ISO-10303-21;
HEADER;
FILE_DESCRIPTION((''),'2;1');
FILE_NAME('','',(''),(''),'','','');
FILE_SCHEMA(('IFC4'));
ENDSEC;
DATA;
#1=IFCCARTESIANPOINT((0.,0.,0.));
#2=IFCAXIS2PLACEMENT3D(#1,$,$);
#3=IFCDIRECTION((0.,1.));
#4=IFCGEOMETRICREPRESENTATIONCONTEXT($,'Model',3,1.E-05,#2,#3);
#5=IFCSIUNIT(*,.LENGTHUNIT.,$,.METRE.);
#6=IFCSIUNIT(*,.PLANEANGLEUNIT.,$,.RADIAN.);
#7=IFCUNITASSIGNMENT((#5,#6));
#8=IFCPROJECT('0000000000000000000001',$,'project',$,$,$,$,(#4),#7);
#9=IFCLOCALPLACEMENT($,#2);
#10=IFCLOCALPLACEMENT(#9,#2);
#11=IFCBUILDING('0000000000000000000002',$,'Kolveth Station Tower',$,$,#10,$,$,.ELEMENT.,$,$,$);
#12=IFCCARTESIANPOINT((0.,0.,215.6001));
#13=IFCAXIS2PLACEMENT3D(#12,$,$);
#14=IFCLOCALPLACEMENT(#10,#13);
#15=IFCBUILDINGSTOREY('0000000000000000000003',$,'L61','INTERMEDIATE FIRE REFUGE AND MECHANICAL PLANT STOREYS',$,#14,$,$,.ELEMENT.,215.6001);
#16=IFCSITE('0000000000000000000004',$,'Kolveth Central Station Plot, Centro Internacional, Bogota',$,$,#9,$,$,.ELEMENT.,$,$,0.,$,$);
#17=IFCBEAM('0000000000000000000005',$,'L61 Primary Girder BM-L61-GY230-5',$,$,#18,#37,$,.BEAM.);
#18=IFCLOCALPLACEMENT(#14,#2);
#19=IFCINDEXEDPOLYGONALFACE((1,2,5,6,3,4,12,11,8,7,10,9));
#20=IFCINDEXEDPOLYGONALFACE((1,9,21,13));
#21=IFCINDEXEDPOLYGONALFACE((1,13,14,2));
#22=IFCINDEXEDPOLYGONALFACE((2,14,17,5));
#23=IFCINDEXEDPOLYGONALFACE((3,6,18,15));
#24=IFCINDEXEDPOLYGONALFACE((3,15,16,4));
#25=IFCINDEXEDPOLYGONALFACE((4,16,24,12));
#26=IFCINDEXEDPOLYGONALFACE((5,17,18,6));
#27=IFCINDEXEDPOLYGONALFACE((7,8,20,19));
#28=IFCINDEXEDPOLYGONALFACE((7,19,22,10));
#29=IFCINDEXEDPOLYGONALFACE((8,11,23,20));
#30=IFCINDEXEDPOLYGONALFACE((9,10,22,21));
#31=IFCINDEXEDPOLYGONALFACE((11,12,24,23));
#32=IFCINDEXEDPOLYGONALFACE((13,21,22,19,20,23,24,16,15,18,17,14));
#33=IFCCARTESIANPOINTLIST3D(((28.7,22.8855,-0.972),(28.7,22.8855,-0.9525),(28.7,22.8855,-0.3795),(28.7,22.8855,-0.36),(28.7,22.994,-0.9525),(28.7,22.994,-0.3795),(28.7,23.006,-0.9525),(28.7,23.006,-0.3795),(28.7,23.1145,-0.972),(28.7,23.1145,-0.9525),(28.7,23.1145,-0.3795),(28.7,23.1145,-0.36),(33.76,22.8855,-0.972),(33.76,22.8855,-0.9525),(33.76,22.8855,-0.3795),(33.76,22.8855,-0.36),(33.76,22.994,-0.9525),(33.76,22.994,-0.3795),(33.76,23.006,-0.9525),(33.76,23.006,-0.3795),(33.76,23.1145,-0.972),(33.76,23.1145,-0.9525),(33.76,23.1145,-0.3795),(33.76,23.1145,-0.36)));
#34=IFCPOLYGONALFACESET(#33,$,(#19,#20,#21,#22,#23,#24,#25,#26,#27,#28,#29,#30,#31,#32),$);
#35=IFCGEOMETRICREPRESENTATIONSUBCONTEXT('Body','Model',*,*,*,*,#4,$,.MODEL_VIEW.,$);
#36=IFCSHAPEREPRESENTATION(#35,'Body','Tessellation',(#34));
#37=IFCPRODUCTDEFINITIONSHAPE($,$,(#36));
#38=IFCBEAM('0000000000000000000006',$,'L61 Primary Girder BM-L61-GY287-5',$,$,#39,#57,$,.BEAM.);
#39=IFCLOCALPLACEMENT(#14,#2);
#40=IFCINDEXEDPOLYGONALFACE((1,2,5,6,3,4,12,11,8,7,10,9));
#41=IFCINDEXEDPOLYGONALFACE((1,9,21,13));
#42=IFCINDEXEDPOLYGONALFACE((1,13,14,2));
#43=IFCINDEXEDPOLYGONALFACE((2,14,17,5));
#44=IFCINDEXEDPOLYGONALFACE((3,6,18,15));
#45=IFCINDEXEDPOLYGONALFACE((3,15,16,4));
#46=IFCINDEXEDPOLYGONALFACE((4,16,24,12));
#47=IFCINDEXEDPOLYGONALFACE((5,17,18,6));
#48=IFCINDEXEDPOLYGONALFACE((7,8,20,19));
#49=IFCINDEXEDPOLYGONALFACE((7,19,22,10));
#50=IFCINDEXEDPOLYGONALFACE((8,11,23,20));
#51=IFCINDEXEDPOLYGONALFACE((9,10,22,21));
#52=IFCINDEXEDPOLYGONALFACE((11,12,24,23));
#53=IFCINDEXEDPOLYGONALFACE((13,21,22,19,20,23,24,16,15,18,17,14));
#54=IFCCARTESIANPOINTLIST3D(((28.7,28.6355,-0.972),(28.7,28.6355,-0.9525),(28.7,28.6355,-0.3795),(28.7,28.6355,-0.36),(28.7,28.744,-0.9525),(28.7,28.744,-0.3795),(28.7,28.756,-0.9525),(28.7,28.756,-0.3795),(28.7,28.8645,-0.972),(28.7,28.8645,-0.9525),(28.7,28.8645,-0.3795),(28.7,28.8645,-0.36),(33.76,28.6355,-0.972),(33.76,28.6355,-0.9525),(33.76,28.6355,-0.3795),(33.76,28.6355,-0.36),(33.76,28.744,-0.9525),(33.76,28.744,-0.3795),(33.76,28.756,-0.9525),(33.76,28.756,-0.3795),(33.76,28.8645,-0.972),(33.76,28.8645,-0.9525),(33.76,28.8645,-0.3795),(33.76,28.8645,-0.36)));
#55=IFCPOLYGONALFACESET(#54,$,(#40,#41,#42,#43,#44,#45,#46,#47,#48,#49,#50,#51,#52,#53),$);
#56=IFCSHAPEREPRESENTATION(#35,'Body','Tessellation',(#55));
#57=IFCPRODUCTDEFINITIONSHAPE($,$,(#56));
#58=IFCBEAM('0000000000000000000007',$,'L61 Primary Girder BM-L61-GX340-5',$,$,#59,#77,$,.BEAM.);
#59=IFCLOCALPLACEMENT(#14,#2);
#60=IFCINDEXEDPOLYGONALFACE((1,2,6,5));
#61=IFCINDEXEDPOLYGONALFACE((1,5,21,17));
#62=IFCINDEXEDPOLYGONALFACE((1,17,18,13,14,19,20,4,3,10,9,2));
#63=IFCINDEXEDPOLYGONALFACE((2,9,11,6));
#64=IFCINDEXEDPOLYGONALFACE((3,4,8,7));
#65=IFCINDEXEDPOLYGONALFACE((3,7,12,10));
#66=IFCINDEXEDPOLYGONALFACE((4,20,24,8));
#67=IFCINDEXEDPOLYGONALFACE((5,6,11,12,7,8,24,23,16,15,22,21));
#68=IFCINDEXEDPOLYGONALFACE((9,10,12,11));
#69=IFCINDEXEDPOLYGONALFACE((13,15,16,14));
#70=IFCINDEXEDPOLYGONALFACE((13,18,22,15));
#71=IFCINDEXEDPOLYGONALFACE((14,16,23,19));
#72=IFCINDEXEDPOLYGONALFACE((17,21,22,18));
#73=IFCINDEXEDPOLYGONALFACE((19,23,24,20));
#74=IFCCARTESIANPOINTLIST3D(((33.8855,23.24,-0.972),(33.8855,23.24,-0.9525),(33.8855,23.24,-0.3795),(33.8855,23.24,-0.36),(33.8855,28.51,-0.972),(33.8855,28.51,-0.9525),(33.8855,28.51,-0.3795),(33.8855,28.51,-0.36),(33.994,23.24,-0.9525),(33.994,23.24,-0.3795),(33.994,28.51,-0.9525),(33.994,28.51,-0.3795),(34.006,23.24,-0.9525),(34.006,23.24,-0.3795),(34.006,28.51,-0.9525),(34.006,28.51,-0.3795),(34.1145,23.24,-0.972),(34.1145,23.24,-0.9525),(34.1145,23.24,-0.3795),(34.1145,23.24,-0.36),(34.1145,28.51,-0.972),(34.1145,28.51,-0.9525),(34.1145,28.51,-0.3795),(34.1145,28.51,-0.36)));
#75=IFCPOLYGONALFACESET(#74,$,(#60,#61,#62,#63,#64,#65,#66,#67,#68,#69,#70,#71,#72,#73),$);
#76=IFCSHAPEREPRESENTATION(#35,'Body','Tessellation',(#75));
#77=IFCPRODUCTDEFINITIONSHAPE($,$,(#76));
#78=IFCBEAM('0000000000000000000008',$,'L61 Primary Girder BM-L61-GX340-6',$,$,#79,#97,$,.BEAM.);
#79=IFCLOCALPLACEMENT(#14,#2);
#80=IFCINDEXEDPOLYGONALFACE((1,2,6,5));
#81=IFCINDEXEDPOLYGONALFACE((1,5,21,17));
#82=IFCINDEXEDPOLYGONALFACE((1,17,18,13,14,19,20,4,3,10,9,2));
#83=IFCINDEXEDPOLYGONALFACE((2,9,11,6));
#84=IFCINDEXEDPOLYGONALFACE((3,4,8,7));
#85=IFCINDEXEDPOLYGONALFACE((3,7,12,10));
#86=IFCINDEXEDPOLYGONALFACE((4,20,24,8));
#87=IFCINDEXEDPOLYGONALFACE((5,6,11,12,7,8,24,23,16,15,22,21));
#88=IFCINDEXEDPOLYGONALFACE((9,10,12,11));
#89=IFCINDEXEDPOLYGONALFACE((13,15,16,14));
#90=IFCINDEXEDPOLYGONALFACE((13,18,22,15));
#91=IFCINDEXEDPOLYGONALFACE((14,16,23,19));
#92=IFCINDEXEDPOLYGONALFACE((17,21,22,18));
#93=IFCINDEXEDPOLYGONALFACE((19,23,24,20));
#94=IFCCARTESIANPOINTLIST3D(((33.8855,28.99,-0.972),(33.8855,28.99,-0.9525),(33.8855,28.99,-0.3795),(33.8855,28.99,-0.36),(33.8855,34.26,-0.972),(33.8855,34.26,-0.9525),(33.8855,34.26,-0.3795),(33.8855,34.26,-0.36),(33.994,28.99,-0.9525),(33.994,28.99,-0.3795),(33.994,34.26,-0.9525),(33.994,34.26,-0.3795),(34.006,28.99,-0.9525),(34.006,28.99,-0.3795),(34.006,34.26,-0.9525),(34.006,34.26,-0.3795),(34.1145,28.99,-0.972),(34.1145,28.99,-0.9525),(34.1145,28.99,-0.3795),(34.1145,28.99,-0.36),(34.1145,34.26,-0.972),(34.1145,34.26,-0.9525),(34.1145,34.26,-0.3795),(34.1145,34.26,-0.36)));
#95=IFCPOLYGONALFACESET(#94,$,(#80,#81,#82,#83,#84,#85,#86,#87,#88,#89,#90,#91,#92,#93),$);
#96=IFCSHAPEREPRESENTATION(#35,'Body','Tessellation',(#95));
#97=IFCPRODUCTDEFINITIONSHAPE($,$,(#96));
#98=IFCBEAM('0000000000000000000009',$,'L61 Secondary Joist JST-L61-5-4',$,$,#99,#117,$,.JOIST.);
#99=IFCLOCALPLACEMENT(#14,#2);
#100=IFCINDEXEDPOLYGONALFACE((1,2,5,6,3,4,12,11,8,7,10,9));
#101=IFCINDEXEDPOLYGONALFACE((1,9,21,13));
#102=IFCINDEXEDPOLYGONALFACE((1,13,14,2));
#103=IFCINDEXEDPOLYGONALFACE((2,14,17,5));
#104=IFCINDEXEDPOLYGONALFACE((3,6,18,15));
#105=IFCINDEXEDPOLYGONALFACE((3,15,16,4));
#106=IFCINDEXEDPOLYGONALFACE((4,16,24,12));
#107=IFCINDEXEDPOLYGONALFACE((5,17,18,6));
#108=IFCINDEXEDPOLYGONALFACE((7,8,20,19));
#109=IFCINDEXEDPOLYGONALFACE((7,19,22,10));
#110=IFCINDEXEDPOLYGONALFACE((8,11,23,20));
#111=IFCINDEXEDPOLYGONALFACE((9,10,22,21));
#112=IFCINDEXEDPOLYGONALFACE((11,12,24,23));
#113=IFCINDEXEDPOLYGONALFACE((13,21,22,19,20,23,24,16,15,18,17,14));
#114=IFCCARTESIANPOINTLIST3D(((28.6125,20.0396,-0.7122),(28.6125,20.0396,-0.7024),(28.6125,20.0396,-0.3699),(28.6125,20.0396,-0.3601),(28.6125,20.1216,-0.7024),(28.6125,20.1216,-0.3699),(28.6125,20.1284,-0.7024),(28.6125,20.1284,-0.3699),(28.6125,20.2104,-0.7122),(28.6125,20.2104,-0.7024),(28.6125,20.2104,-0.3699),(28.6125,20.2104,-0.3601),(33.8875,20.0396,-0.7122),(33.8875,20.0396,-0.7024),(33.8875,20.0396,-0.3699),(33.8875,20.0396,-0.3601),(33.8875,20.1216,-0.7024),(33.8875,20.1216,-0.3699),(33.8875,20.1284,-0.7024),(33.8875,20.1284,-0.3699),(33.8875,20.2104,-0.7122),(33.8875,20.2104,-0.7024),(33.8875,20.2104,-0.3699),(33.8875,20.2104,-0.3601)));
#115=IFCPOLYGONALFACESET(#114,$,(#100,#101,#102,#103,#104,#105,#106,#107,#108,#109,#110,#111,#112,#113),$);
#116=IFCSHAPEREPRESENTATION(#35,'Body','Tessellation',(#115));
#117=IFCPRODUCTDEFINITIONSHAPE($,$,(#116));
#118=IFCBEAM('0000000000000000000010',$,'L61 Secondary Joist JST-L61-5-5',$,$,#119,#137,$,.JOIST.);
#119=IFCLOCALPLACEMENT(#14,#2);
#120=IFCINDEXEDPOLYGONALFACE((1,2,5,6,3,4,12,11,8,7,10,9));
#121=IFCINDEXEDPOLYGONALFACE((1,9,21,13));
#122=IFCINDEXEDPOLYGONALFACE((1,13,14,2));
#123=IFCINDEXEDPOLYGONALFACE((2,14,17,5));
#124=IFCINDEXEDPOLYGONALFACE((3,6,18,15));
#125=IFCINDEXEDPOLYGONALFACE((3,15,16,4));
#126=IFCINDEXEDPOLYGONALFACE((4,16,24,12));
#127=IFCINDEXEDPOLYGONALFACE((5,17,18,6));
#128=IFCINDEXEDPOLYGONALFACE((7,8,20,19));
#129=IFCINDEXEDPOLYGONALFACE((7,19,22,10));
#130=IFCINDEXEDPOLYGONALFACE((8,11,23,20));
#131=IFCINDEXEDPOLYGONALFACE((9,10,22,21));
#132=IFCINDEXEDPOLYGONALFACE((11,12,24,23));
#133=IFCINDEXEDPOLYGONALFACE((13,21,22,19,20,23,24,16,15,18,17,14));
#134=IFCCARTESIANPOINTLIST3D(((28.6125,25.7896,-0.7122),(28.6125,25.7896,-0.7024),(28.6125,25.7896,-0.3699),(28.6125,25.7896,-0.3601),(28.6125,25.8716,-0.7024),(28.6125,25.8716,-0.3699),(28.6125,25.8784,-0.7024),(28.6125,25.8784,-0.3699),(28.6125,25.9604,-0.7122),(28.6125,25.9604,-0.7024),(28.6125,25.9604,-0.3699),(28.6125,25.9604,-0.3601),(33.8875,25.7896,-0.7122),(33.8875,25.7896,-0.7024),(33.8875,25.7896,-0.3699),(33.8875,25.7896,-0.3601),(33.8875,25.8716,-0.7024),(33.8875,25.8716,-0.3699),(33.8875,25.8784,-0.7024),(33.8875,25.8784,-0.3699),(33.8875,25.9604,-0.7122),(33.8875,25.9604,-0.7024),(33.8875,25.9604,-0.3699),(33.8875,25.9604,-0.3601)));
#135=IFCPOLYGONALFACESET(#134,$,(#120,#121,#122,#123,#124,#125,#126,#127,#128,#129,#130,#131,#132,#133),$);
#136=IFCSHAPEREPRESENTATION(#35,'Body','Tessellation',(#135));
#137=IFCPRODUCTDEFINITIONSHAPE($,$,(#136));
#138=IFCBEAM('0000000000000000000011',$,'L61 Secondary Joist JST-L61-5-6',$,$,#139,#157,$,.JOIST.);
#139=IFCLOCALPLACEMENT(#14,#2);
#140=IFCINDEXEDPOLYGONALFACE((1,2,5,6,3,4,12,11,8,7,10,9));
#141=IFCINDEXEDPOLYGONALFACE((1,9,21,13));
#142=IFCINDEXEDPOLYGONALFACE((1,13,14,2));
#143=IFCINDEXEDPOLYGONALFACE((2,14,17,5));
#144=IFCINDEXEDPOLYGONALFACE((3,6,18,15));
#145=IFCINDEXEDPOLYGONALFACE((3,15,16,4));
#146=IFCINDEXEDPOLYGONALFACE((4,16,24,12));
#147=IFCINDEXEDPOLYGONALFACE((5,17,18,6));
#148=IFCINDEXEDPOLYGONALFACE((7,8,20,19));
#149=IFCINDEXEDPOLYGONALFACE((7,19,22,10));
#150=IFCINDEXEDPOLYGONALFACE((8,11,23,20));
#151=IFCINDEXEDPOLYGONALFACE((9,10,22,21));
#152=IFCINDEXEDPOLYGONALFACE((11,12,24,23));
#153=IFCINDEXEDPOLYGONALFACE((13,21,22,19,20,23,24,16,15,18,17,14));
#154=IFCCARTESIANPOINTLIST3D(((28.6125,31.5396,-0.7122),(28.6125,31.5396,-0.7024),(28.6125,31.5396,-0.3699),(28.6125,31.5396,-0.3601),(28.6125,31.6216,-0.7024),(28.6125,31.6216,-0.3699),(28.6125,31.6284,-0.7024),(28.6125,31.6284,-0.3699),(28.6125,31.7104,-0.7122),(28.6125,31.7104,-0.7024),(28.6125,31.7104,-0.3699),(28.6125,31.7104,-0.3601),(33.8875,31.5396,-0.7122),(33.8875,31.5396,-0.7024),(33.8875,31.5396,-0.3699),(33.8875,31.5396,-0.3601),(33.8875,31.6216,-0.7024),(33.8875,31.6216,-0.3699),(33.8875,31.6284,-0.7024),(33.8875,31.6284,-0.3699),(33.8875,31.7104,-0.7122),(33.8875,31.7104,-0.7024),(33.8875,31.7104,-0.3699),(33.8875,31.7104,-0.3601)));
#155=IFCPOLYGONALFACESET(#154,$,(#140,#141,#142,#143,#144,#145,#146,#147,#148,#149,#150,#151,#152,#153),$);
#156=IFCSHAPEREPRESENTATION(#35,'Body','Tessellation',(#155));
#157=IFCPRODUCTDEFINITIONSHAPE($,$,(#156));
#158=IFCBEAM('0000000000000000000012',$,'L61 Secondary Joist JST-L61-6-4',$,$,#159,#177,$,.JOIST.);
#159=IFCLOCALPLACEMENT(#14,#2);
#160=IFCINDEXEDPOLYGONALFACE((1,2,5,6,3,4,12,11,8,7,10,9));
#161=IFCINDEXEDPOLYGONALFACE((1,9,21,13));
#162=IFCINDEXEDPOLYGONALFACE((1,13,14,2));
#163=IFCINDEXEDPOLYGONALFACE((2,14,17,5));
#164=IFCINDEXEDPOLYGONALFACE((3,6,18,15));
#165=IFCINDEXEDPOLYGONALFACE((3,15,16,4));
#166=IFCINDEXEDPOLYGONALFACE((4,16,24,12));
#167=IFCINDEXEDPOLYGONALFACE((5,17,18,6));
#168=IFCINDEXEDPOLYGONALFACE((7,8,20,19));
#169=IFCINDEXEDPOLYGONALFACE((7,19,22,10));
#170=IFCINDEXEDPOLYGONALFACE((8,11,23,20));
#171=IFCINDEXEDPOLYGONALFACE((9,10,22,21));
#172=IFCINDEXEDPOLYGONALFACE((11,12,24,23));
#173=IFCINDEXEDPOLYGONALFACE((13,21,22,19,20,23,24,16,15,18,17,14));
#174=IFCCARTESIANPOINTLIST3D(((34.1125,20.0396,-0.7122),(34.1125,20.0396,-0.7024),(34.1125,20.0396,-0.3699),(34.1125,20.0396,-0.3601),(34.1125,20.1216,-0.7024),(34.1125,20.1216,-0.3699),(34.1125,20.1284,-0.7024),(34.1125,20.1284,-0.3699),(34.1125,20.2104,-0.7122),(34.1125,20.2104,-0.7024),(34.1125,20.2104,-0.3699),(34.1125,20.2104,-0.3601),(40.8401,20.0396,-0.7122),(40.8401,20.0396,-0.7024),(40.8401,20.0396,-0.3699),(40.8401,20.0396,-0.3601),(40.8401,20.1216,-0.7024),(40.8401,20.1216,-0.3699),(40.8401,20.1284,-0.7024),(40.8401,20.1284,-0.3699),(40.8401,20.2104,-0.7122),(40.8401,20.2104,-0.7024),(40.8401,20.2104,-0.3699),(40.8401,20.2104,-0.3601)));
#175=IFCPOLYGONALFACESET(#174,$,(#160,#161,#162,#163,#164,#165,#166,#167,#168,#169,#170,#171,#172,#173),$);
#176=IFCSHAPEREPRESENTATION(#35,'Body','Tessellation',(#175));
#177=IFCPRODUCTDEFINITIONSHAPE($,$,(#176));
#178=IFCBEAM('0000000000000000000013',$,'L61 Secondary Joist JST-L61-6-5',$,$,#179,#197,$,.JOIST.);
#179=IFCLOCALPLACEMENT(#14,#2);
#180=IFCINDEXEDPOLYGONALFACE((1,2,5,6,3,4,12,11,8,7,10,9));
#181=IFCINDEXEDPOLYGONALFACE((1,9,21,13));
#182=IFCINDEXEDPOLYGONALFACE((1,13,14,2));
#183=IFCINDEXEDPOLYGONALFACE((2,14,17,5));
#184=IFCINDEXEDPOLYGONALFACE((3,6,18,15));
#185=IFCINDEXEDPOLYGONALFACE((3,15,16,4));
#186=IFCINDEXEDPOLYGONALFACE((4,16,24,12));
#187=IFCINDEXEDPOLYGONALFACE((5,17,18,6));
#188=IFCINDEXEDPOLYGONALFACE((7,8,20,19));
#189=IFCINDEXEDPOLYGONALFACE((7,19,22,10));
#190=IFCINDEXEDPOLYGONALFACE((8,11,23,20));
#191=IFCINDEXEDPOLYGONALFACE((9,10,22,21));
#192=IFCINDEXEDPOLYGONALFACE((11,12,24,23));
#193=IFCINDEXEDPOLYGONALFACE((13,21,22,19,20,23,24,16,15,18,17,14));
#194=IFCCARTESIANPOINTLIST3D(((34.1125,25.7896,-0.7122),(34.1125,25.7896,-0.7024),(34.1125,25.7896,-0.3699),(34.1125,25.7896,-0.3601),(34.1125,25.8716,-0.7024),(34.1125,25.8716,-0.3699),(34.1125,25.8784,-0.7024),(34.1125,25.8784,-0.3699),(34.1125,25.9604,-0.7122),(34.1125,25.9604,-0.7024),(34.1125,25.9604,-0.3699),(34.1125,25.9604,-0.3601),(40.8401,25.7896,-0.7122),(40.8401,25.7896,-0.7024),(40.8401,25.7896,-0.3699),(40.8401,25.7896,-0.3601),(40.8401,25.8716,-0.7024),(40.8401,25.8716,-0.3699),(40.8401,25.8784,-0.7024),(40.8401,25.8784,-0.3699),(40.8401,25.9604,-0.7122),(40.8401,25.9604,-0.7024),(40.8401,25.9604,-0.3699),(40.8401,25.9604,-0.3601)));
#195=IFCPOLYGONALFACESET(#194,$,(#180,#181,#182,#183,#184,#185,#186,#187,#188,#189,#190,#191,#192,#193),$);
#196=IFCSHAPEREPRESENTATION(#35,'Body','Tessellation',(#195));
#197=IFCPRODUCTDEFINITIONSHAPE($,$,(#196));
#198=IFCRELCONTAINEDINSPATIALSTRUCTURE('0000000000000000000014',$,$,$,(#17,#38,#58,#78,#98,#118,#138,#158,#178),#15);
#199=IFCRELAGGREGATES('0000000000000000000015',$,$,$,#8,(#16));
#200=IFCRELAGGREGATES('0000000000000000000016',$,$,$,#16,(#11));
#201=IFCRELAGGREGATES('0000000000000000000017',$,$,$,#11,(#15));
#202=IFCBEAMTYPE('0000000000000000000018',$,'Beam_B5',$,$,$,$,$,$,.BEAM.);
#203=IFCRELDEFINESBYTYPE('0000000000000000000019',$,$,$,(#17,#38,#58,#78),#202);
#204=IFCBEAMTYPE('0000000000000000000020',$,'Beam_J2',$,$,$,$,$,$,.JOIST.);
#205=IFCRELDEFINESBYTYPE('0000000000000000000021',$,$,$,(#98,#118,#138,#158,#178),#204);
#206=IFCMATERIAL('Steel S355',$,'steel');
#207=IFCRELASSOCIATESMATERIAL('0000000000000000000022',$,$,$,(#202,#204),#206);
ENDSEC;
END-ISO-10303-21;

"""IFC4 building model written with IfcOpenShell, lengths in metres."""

from ifc_helpers import new_model, si_unit, direction, frame, origin, origin_2d, place, context, subcontext, project, spatial, i_section, extrude, source, transform, mapped, material, material_profile, profile_set, type_object, element, save


model = new_model("IFC4")

# Units and contexts
model_context = context("Model", 3, precision=1e-05, world=origin(), true_north=direction((0.0, 1.0)))
body_context = subcontext(model_context, "Body", "Model", "MODEL_VIEW")
ifc_project = project(units=[si_unit("LENGTHUNIT", "METRE"), si_unit("PLANEANGLEUNIT", "RADIAN")], contexts=[model_context])

# Site, building, storey
site_placement = place(None, origin())
site = spatial("IfcSite", under=ifc_project, at=site_placement, Name="Kolveth Central Station Plot, Centro Internacional, Bogota", CompositionType="ELEMENT", RefElevation=0.0)
building_placement = place(site_placement, origin())
building = spatial("IfcBuilding", under=site, at=building_placement, Name="Kolveth Station Tower", CompositionType="ELEMENT")
storey_placement = place(building_placement, frame((0.0, 0.0, 215.6001)))
storey = spatial("IfcBuildingStorey", under=building, at=storey_placement, Name="L61", Description="INTERMEDIATE FIRE REFUGE AND MECHANICAL PLANT STOREYS", CompositionType="ELEMENT", Elevation=215.6001)

# Shared definitions
ifc_material_1 = material(Name="Steel S355", Category="steel")

# Beams
ifc_material_profile_1 = material_profile(ifc_material_1, i_section(OverallWidth=0.229, OverallDepth=0.6121, WebThickness=0.012, FlangeThickness=0.0195, at=origin_2d()), Name="W610x125")
ifc_profile_set_1 = profile_set([ifc_material_profile_1], Name="Steel S355")
beam_type_1 = type_object("IfcBeamType", Name="Beam_B5", PredefinedType="BEAM", material=ifc_profile_set_1)
shared_shape_1 = source(origin(), body_context, "Body", "SweptSolid", [
    extrude(i_section(OverallWidth=0.229, OverallDepth=0.6121, WebThickness=0.012, FlangeThickness=0.0195, at=origin_2d()), origin(), (0.0, 0.0, 1.0), 5.0601),
])
for number, where, z_axis, x_axis, name in (
    (1, (28.7, 23.0, -0.666), (1.0, 0.0, 0.0), (0.0, 1.0, 0.0), "L61 Primary Girder BM-L61-GY230-5"),
    (2, (28.7, 28.75, -0.666), (1.0, 0.0, 0.0), (0.0, 1.0, 0.0), "L61 Primary Girder BM-L61-GY287-5"),
):
    element("IfcBeam", number, at=place(storey_placement, frame(where, z_axis=z_axis, x_axis=x_axis)), inside=storey, type_object=beam_type_1, Name=name, PredefinedType="BEAM", context=body_context, shape_type="MappedRepresentation", body=[
        mapped(shared_shape_1, transform((0.0, 0.0, 0.0), x_axis=(1.0, 0.0, 0.0), y_axis=(0.0, 1.0, 0.0), z_axis=(0.0, 0.0, 1.0), scale=1.0)),
    ])
shared_shape_2 = source(origin(), body_context, "Body", "SweptSolid", [
    extrude(i_section(OverallWidth=0.229, OverallDepth=0.6121, WebThickness=0.012, FlangeThickness=0.0195, at=origin_2d()), origin(), (0.0, 0.0, 1.0), 5.27),
])
for number, where, z_axis, x_axis, name in (
    (3, (34.0, 23.24, -0.666), (0.0, 1.0, 0.0), (-1.0, 0.0, 0.0), "L61 Primary Girder BM-L61-GX340-5"),
    (4, (34.0, 28.99, -0.666), (0.0, 1.0, 0.0), (-1.0, 0.0, 0.0), "L61 Primary Girder BM-L61-GX340-6"),
):
    element("IfcBeam", number, at=place(storey_placement, frame(where, z_axis=z_axis, x_axis=x_axis)), inside=storey, type_object=beam_type_1, Name=name, PredefinedType="BEAM", context=body_context, shape_type="MappedRepresentation", body=[
        mapped(shared_shape_2, transform((0.0, 0.0, 0.0), x_axis=(1.0, 0.0, 0.0), y_axis=(0.0, 1.0, 0.0), z_axis=(0.0, 0.0, 1.0), scale=1.0)),
    ])
ifc_material_profile_2 = material_profile(ifc_material_1, i_section(OverallWidth=0.1709, OverallDepth=0.3521, WebThickness=0.0068, FlangeThickness=0.0098, at=origin_2d()), Name="W360x44")
ifc_profile_set_2 = profile_set([ifc_material_profile_2], Name="Steel S355")
beam_type_2 = type_object("IfcBeamType", Name="Beam_J2", PredefinedType="JOIST", material=ifc_profile_set_2)
shared_shape_3 = source(origin(), body_context, "Body", "SweptSolid", [
    extrude(i_section(OverallWidth=0.1709, OverallDepth=0.3521, WebThickness=0.0068, FlangeThickness=0.0098, at=origin_2d()), origin(), (0.0, 0.0, 1.0), 5.2749),
])
for number, where, z_axis, x_axis, name in (
    (5, (28.6125, 20.125, -0.5361), (1.0, 0.0, 0.0), (0.0, 1.0, 0.0), "L61 Secondary Joist JST-L61-5-4"),
    (6, (28.6125, 25.875, -0.5361), (1.0, 0.0, 0.0), (0.0, 1.0, 0.0), "L61 Secondary Joist JST-L61-5-5"),
    (7, (28.6125, 31.625, -0.5361), (1.0, 0.0, 0.0), (0.0, 1.0, 0.0), "L61 Secondary Joist JST-L61-5-6"),
):
    element("IfcBeam", number, at=place(storey_placement, frame(where, z_axis=z_axis, x_axis=x_axis)), inside=storey, type_object=beam_type_2, Name=name, PredefinedType="JOIST", context=body_context, shape_type="MappedRepresentation", body=[
        mapped(shared_shape_3, transform((0.0, 0.0, 0.0), x_axis=(1.0, 0.0, 0.0), y_axis=(0.0, 1.0, 0.0), z_axis=(0.0, 0.0, 1.0), scale=1.0)),
    ])
shared_shape_4 = source(origin(), body_context, "Body", "SweptSolid", [
    extrude(i_section(OverallWidth=0.1709, OverallDepth=0.3521, WebThickness=0.0068, FlangeThickness=0.0098, at=origin_2d()), origin(), (0.0, 0.0, 1.0), 6.7275),
])
for number, where, z_axis, x_axis, name in (
    (8, (34.1125, 20.125, -0.5361), (1.0, 0.0, 0.0), (0.0, 1.0, 0.0), "L61 Secondary Joist JST-L61-6-4"),
    (9, (34.1125, 25.875, -0.5361), (1.0, 0.0, 0.0), (0.0, 1.0, 0.0), "L61 Secondary Joist JST-L61-6-5"),
):
    element("IfcBeam", number, at=place(storey_placement, frame(where, z_axis=z_axis, x_axis=x_axis)), inside=storey, type_object=beam_type_2, Name=name, PredefinedType="JOIST", context=body_context, shape_type="MappedRepresentation", body=[
        mapped(shared_shape_4, transform((0.0, 0.0, 0.0), x_axis=(1.0, 0.0, 0.0), y_axis=(0.0, 1.0, 0.0), z_axis=(0.0, 0.0, 1.0), scale=1.0)),
    ])

save(model, "model.ifc")
